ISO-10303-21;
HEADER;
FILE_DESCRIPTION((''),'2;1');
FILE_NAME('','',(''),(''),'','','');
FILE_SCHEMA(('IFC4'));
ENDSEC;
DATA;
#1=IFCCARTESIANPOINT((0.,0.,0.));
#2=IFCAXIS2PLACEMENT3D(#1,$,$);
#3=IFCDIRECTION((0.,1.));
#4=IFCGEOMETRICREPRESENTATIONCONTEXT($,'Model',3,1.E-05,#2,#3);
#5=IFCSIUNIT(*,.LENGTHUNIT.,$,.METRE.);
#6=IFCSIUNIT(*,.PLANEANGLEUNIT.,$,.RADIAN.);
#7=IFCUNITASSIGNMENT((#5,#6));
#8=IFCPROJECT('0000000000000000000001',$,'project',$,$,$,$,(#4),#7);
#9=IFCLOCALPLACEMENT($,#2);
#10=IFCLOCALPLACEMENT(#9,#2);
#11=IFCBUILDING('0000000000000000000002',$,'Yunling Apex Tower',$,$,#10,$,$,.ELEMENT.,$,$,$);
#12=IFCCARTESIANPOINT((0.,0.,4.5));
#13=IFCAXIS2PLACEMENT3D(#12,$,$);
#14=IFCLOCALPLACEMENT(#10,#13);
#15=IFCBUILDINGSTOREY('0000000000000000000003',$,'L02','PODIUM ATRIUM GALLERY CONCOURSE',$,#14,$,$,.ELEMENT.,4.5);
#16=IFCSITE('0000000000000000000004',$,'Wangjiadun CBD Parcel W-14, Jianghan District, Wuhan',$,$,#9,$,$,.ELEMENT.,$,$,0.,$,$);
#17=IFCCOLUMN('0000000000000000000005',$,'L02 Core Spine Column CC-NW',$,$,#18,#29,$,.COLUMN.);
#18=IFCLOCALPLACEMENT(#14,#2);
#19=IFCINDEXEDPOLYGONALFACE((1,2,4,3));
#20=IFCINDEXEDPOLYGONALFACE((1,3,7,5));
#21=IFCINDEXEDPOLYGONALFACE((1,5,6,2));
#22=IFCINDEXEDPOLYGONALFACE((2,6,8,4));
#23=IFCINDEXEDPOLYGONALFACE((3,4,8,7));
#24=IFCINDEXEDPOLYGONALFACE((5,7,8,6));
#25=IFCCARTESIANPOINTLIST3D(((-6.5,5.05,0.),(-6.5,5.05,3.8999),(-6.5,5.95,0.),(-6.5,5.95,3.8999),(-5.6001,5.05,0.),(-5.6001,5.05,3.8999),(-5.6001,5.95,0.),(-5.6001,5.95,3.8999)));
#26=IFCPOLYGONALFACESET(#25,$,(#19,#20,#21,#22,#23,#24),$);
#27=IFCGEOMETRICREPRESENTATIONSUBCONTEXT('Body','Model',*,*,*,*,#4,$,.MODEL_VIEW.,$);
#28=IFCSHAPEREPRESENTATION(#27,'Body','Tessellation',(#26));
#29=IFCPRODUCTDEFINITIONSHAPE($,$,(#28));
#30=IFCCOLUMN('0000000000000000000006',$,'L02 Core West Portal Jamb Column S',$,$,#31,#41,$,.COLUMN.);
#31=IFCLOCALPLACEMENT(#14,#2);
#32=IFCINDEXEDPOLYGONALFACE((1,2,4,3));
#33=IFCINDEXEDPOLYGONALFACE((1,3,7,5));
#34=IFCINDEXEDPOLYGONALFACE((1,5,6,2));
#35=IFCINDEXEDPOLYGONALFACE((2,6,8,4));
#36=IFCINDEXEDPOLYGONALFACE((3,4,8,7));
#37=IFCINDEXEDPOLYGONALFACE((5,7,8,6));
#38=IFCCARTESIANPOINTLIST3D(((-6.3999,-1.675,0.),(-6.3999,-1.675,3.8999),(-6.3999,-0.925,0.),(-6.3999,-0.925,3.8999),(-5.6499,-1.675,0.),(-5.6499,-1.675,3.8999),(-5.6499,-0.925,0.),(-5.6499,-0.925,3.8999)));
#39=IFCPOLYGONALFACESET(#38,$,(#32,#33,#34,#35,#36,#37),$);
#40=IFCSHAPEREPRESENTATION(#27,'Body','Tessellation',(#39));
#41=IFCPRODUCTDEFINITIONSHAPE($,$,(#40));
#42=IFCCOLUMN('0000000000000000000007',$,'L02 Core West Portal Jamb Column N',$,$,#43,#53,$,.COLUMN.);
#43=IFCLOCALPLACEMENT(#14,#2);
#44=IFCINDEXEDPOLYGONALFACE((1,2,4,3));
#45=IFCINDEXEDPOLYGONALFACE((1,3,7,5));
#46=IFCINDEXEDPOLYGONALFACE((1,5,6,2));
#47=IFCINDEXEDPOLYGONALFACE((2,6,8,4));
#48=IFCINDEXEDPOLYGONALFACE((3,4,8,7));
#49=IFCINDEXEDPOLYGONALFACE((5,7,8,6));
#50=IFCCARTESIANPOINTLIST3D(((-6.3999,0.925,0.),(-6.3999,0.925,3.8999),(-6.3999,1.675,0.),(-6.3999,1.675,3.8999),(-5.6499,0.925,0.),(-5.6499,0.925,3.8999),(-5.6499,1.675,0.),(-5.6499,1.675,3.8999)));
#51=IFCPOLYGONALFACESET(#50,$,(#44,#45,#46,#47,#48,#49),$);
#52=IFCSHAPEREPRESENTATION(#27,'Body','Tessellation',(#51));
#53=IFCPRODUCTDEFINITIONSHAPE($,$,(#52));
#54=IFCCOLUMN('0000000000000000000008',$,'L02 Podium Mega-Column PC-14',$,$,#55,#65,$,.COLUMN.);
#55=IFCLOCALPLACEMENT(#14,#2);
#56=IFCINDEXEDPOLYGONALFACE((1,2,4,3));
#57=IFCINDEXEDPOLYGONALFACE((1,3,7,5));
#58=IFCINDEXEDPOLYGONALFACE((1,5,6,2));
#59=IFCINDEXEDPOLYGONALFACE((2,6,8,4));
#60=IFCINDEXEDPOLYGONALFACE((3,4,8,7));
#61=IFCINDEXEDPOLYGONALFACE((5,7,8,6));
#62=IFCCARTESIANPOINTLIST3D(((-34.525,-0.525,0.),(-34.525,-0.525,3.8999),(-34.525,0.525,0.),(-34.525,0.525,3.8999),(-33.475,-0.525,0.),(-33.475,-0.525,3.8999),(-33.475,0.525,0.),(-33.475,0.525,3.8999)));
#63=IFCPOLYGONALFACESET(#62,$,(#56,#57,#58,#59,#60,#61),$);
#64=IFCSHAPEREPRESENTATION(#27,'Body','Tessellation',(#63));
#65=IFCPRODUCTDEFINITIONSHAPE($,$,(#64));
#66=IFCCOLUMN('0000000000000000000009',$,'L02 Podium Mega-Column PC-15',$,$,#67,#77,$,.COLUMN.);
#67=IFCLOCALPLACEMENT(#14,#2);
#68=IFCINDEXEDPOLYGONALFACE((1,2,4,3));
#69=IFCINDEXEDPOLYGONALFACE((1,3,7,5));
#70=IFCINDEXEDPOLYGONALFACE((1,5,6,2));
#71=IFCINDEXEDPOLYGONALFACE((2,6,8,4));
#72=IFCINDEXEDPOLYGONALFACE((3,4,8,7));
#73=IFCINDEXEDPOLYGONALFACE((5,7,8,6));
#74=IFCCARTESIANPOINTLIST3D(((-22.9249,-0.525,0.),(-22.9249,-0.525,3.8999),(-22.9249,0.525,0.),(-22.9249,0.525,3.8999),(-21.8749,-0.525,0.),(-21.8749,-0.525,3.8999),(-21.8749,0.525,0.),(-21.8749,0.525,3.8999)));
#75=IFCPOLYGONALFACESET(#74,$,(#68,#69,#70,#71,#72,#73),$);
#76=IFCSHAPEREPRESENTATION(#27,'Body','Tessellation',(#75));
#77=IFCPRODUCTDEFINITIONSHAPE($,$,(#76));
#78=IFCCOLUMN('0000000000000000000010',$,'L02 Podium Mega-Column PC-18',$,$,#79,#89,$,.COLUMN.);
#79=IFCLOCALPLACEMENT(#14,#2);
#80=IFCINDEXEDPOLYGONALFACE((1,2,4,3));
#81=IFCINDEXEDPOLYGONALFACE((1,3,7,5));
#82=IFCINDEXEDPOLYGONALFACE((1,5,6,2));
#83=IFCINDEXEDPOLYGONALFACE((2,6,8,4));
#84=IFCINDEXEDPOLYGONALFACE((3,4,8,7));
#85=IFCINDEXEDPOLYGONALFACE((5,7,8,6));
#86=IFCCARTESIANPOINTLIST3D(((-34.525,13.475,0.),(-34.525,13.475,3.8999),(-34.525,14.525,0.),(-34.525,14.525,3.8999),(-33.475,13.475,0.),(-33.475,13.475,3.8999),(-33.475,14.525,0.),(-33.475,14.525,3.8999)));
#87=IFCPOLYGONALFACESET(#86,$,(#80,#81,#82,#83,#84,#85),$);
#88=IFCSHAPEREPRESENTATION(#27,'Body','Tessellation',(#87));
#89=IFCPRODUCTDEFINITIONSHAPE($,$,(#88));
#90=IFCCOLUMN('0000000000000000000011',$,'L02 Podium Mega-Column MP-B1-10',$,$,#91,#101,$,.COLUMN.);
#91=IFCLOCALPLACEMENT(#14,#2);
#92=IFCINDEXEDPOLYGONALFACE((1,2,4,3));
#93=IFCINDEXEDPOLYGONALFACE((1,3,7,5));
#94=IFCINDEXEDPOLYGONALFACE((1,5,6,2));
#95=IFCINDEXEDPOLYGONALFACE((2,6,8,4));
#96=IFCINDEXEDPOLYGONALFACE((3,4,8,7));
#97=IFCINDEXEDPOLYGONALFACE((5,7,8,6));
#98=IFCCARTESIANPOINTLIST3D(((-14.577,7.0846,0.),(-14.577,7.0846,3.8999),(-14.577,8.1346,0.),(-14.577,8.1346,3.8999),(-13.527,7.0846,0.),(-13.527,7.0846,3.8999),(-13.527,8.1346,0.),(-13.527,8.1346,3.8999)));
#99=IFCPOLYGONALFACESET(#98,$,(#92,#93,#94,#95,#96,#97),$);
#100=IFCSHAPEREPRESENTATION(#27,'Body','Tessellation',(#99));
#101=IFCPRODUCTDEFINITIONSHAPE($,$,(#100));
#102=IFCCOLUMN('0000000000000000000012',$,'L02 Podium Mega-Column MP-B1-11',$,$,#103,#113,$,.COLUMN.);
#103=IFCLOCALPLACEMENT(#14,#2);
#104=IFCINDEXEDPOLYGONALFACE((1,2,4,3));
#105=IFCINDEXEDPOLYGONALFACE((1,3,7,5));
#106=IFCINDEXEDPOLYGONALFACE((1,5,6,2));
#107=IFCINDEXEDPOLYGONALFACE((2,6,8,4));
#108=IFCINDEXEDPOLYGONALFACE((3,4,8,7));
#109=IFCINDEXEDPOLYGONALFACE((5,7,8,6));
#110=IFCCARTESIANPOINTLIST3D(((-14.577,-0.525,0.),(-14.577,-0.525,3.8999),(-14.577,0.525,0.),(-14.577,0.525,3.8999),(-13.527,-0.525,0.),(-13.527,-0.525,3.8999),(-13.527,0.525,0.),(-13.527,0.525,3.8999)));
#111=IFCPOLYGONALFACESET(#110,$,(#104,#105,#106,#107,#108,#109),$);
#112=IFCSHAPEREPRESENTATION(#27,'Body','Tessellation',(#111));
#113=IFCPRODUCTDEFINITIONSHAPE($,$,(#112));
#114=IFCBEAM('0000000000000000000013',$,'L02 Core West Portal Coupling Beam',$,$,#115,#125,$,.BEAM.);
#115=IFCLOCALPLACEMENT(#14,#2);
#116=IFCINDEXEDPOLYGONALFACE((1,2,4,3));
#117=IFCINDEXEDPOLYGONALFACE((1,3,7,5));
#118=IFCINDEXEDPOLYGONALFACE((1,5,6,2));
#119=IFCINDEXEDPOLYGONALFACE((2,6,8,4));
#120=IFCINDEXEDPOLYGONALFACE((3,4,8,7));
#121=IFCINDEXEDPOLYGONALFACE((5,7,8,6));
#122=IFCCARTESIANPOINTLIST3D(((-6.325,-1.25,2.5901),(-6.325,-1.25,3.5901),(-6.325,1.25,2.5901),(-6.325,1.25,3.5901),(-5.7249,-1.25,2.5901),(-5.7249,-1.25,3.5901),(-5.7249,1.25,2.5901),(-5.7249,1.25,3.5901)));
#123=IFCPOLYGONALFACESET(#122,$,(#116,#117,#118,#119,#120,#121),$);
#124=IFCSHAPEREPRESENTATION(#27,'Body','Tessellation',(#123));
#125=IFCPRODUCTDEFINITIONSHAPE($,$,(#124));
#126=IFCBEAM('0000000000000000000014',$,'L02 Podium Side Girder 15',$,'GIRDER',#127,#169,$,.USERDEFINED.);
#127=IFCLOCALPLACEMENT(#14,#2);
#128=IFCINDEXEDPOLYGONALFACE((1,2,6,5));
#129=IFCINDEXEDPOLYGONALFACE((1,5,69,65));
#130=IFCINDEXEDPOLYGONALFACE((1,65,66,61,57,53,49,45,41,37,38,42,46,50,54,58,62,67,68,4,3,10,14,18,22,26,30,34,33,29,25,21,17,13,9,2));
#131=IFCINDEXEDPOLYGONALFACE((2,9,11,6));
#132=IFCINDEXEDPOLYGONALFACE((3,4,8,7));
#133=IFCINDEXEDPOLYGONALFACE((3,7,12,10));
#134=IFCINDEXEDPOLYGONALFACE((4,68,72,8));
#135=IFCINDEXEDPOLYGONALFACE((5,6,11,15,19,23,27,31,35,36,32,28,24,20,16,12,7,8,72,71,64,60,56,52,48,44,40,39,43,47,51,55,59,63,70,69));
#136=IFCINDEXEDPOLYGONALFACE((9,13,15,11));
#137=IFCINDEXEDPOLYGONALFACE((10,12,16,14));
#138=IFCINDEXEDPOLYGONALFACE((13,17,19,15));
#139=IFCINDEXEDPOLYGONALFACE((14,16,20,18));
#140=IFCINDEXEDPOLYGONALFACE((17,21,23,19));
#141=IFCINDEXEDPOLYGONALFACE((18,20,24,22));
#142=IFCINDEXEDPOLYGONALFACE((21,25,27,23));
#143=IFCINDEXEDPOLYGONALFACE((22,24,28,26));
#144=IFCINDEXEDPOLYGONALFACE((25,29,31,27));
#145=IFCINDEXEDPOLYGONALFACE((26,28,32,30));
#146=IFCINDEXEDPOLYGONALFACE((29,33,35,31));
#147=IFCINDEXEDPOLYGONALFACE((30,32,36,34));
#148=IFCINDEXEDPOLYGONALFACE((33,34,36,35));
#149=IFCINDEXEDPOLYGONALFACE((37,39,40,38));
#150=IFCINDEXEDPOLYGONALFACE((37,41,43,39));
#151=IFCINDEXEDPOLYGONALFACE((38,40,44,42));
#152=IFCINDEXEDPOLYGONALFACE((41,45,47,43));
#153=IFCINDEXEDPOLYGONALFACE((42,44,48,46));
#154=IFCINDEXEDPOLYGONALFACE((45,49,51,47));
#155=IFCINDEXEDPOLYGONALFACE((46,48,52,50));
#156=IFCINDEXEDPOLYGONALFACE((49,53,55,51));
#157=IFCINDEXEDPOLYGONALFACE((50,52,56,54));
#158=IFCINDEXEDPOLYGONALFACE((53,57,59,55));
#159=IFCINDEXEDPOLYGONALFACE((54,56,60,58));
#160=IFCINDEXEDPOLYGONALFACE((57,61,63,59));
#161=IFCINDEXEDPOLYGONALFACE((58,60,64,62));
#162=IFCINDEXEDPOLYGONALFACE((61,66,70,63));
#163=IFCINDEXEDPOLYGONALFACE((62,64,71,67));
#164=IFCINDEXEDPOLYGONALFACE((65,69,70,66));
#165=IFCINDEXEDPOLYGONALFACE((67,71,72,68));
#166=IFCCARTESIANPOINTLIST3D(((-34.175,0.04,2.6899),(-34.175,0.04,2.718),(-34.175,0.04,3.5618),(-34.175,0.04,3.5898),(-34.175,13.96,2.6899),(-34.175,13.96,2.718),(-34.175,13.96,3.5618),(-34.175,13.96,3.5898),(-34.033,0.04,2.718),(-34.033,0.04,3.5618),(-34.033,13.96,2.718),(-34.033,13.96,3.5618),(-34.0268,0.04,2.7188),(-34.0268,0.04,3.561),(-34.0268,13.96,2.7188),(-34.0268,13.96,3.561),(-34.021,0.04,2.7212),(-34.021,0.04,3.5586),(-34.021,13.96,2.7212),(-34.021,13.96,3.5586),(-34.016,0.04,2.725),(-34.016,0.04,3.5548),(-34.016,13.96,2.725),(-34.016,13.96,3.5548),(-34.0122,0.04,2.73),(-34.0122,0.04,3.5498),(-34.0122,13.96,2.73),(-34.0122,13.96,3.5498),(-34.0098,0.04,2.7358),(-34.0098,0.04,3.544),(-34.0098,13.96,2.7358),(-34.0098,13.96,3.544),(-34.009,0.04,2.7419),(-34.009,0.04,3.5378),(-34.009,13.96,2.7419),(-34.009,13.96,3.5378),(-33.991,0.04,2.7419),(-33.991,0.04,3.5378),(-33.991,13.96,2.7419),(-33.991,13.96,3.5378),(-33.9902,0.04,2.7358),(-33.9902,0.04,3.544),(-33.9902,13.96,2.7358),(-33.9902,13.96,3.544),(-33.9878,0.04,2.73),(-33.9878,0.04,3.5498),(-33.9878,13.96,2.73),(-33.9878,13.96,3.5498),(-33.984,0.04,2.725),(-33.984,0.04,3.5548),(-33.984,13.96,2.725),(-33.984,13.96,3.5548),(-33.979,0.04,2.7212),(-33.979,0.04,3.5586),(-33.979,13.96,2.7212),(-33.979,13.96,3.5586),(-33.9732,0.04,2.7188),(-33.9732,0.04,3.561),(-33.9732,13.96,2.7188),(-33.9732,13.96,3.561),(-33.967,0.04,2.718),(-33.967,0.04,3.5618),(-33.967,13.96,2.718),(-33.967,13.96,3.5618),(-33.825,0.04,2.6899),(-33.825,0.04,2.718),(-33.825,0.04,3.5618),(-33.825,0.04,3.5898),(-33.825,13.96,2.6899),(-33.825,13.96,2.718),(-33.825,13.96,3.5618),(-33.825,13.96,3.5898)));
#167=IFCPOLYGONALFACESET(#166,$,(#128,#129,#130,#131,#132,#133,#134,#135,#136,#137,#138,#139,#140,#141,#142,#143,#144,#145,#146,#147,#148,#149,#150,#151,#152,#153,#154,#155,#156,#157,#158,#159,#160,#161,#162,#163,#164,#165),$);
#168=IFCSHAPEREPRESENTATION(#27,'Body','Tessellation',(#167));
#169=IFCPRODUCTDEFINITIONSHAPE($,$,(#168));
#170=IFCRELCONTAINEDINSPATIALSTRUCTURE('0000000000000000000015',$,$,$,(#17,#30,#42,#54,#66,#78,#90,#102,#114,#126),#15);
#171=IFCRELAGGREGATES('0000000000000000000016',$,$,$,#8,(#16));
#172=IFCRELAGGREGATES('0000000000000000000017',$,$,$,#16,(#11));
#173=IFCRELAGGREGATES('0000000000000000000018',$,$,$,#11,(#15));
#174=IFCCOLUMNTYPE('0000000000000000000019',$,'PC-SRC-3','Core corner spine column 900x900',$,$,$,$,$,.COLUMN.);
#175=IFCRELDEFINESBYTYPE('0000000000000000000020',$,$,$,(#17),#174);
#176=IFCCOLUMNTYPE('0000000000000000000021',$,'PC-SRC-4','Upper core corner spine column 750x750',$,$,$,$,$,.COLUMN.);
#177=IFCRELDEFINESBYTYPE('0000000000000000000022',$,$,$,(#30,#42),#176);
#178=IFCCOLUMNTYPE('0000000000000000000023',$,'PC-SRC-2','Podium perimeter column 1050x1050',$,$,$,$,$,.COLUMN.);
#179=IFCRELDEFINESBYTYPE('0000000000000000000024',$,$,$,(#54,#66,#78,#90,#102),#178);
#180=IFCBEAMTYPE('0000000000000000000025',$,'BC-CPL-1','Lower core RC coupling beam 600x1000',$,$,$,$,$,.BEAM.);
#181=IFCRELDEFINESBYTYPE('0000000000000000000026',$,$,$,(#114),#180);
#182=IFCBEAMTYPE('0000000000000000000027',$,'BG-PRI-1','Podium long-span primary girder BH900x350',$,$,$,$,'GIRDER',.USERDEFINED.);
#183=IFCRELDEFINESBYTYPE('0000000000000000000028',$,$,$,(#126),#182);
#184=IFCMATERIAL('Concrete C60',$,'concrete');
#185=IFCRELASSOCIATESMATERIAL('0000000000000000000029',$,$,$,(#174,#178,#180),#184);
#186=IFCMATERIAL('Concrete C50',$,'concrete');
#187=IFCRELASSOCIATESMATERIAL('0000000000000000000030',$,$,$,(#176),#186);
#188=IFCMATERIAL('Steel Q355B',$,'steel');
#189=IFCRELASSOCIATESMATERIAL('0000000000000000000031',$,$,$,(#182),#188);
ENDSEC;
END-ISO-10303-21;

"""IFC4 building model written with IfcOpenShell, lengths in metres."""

from ifc_helpers import new_model, si_unit, direction, frame, origin, origin_2d, place, context, subcontext, project, spatial, rectangle, i_section, extrude, source, transform, mapped, material, material_profile, profile_set, type_object, element, save


model = new_model("IFC4")

# Units and contexts
model_context = context("Model", 3, precision=1e-05, world=origin(), true_north=direction((0.0, 1.0)))
body_context = subcontext(model_context, "Body", "Model", "MODEL_VIEW")
ifc_project = project(units=[si_unit("LENGTHUNIT", "METRE"), si_unit("PLANEANGLEUNIT", "RADIAN")], contexts=[model_context])

# Site, building, storey
site_placement = place(None, origin())
site = spatial("IfcSite", under=ifc_project, at=site_placement, Name="Wangjiadun CBD Parcel W-14, Jianghan District, Wuhan", CompositionType="ELEMENT", RefElevation=0.0)
building_placement = place(site_placement, origin())
building = spatial("IfcBuilding", under=site, at=building_placement, Name="Yunling Apex Tower", CompositionType="ELEMENT")
storey_placement = place(building_placement, frame((0.0, 0.0, 4.5)))
storey = spatial("IfcBuildingStorey", under=building, at=storey_placement, Name="L02", Description="PODIUM ATRIUM GALLERY CONCOURSE", CompositionType="ELEMENT", Elevation=4.5)

# Columns
ifc_material_1 = material(Name="Concrete C60", Category="concrete")
ifc_material_profile_1 = material_profile(ifc_material_1, rectangle(XDim=0.8999, YDim=0.8999, at=origin_2d()))
ifc_profile_set_1 = profile_set([ifc_material_profile_1], Name="Concrete C60")
column_type_1 = type_object("IfcColumnType", Name="PC-SRC-3", Description="Core corner spine column 900x900", PredefinedType="COLUMN", material=ifc_profile_set_1)
shared_shape_1 = source(origin(), body_context, "Body", "SweptSolid", [
    extrude(rectangle(XDim=0.8999, YDim=0.8999, at=origin_2d()), origin(), (0.0, 0.0, 1.0), 3.8999),
])
column_placement = place(storey_placement, frame((-6.05, 5.5, 0.0), z_axis=(0.0, 0.0, 1.0), x_axis=(1.0, 0.0, 0.0)))
element("IfcColumn", 1, at=column_placement, inside=storey, type_object=column_type_1, Name="L02 Core Spine Column CC-NW", PredefinedType="COLUMN", context=body_context, shape_type="MappedRepresentation", body=[
    mapped(shared_shape_1, transform((0.0, 0.0, 0.0), scale=1.0)),
])
ifc_material_2 = material(Name="Concrete C50", Category="concrete")
ifc_material_profile_2 = material_profile(ifc_material_2, rectangle(XDim=0.75, YDim=0.75, at=origin_2d()))
ifc_profile_set_2 = profile_set([ifc_material_profile_2], Name="Concrete C50")
column_type_2 = type_object("IfcColumnType", Name="PC-SRC-4", Description="Upper core corner spine column 750x750", PredefinedType="COLUMN", material=ifc_profile_set_2)
shared_shape_2 = source(origin(), body_context, "Body", "SweptSolid", [
    extrude(rectangle(XDim=0.75, YDim=0.75, at=origin_2d()), origin(), (0.0, 0.0, 1.0), 3.8999),
])
for number, where, z_axis, x_axis, name in (
    (2, (-6.0249, -1.3, 0.0), (0.0, 0.0, 1.0), (1.0, 0.0, 0.0), "L02 Core West Portal Jamb Column S"),
    (3, (-6.0249, 1.3, 0.0), (0.0, 0.0, 1.0), (1.0, 0.0, 0.0), "L02 Core West Portal Jamb Column N"),
):
    element("IfcColumn", number, at=place(storey_placement, frame(where, z_axis=z_axis, x_axis=x_axis)), inside=storey, type_object=column_type_2, Name=name, PredefinedType="COLUMN", context=body_context, shape_type="MappedRepresentation", body=[
        mapped(shared_shape_2, transform((0.0, 0.0, 0.0), scale=1.0)),
    ])
ifc_material_profile_3 = material_profile(ifc_material_1, rectangle(XDim=1.05, YDim=1.05, at=origin_2d()))
ifc_profile_set_3 = profile_set([ifc_material_profile_3], Name="Concrete C60")
column_type_3 = type_object("IfcColumnType", Name="PC-SRC-2", Description="Podium perimeter column 1050x1050", PredefinedType="COLUMN", material=ifc_profile_set_3)
shared_shape_3 = source(origin(), body_context, "Body", "SweptSolid", [
    extrude(rectangle(XDim=1.05, YDim=1.05, at=origin_2d()), origin(), (0.0, 0.0, 1.0), 3.8999),
])
for number, where, z_axis, x_axis, name in (
    (4, (-34.0, 0.0, 0.0), (0.0, 0.0, 1.0), (1.0, 0.0, 0.0), "L02 Podium Mega-Column PC-14"),
    (5, (-22.3999, 0.0, 0.0), (0.0, 0.0, 1.0), (1.0, 0.0, 0.0), "L02 Podium Mega-Column PC-15"),
    (6, (-34.0, 14.0, 0.0), (0.0, 0.0, 1.0), (1.0, 0.0, 0.0), "L02 Podium Mega-Column PC-18"),
    (7, (-14.052, 7.6096, 0.0), (0.0, 0.0, 1.0), (1.0, 0.0, 0.0), "L02 Podium Mega-Column MP-B1-10"),
    (8, (-14.052, 0.0, 0.0), (0.0, 0.0, 1.0), (1.0, 0.0, 0.0), "L02 Podium Mega-Column MP-B1-11"),
):
    element("IfcColumn", number, at=place(storey_placement, frame(where, z_axis=z_axis, x_axis=x_axis)), inside=storey, type_object=column_type_3, Name=name, PredefinedType="COLUMN", context=body_context, shape_type="MappedRepresentation", body=[
        mapped(shared_shape_3, transform((0.0, 0.0, 0.0), scale=1.0)),
    ])

# Beams
ifc_material_profile_4 = material_profile(ifc_material_1, rectangle(XDim=0.6001, YDim=1.0, at=origin_2d()))
ifc_profile_set_4 = profile_set([ifc_material_profile_4], Name="Concrete C60")
beam_type_1 = type_object("IfcBeamType", Name="BC-CPL-1", Description="Lower core RC coupling beam 600x1000", PredefinedType="BEAM", material=ifc_profile_set_4)
shared_shape_4 = source(origin(), body_context, "Body", "SweptSolid", [
    extrude(rectangle(XDim=0.6001, YDim=1.0, at=origin_2d()), origin(), (0.0, 0.0, 1.0), 2.5),
])
beam_1_placement = place(storey_placement, frame((-6.0249, -1.25, 3.0901), z_axis=(0.0, 1.0, 0.0), x_axis=(-1.0, 0.0, 0.0)))
element("IfcBeam", 9, at=beam_1_placement, inside=storey, type_object=beam_type_1, Name="L02 Core West Portal Coupling Beam", PredefinedType="BEAM", context=body_context, shape_type="MappedRepresentation", body=[
    mapped(shared_shape_4, transform((0.0, 0.0, 0.0), scale=1.0)),
])
ifc_material_3 = material(Name="Steel Q355B", Category="steel")
ifc_material_profile_5 = material_profile(ifc_material_3, i_section(OverallWidth=0.3501, OverallDepth=0.8999, WebThickness=0.0181, FlangeThickness=0.0281, FilletRadius=0.0239, at=origin_2d()))
ifc_profile_set_5 = profile_set([ifc_material_profile_5], Name="Steel Q355B")
beam_type_2 = type_object("IfcBeamType", Name="BG-PRI-1", Description="Podium long-span primary girder BH900x350", ElementType="GIRDER", PredefinedType="USERDEFINED", material=ifc_profile_set_5)
shared_shape_5 = source(origin(), body_context, "Body", "SweptSolid", [
    extrude(i_section(OverallWidth=0.3501, OverallDepth=0.8999, WebThickness=0.0181, FlangeThickness=0.0281, FilletRadius=0.0239, at=origin_2d()), origin(), (0.0, 0.0, 1.0), 13.9199),
])
beam_2_placement = place(storey_placement, frame((-34.0, 0.04, 3.1399), z_axis=(0.0, 1.0, 0.0), x_axis=(-1.0, 0.0, 0.0)))
element("IfcBeam", 10, at=beam_2_placement, inside=storey, type_object=beam_type_2, Name="L02 Podium Side Girder 15", ObjectType="GIRDER", PredefinedType="USERDEFINED", context=body_context, shape_type="MappedRepresentation", body=[
    mapped(shared_shape_5, transform((0.0, 0.0, 0.0), scale=1.0)),
])

save(model, "model.ifc")
